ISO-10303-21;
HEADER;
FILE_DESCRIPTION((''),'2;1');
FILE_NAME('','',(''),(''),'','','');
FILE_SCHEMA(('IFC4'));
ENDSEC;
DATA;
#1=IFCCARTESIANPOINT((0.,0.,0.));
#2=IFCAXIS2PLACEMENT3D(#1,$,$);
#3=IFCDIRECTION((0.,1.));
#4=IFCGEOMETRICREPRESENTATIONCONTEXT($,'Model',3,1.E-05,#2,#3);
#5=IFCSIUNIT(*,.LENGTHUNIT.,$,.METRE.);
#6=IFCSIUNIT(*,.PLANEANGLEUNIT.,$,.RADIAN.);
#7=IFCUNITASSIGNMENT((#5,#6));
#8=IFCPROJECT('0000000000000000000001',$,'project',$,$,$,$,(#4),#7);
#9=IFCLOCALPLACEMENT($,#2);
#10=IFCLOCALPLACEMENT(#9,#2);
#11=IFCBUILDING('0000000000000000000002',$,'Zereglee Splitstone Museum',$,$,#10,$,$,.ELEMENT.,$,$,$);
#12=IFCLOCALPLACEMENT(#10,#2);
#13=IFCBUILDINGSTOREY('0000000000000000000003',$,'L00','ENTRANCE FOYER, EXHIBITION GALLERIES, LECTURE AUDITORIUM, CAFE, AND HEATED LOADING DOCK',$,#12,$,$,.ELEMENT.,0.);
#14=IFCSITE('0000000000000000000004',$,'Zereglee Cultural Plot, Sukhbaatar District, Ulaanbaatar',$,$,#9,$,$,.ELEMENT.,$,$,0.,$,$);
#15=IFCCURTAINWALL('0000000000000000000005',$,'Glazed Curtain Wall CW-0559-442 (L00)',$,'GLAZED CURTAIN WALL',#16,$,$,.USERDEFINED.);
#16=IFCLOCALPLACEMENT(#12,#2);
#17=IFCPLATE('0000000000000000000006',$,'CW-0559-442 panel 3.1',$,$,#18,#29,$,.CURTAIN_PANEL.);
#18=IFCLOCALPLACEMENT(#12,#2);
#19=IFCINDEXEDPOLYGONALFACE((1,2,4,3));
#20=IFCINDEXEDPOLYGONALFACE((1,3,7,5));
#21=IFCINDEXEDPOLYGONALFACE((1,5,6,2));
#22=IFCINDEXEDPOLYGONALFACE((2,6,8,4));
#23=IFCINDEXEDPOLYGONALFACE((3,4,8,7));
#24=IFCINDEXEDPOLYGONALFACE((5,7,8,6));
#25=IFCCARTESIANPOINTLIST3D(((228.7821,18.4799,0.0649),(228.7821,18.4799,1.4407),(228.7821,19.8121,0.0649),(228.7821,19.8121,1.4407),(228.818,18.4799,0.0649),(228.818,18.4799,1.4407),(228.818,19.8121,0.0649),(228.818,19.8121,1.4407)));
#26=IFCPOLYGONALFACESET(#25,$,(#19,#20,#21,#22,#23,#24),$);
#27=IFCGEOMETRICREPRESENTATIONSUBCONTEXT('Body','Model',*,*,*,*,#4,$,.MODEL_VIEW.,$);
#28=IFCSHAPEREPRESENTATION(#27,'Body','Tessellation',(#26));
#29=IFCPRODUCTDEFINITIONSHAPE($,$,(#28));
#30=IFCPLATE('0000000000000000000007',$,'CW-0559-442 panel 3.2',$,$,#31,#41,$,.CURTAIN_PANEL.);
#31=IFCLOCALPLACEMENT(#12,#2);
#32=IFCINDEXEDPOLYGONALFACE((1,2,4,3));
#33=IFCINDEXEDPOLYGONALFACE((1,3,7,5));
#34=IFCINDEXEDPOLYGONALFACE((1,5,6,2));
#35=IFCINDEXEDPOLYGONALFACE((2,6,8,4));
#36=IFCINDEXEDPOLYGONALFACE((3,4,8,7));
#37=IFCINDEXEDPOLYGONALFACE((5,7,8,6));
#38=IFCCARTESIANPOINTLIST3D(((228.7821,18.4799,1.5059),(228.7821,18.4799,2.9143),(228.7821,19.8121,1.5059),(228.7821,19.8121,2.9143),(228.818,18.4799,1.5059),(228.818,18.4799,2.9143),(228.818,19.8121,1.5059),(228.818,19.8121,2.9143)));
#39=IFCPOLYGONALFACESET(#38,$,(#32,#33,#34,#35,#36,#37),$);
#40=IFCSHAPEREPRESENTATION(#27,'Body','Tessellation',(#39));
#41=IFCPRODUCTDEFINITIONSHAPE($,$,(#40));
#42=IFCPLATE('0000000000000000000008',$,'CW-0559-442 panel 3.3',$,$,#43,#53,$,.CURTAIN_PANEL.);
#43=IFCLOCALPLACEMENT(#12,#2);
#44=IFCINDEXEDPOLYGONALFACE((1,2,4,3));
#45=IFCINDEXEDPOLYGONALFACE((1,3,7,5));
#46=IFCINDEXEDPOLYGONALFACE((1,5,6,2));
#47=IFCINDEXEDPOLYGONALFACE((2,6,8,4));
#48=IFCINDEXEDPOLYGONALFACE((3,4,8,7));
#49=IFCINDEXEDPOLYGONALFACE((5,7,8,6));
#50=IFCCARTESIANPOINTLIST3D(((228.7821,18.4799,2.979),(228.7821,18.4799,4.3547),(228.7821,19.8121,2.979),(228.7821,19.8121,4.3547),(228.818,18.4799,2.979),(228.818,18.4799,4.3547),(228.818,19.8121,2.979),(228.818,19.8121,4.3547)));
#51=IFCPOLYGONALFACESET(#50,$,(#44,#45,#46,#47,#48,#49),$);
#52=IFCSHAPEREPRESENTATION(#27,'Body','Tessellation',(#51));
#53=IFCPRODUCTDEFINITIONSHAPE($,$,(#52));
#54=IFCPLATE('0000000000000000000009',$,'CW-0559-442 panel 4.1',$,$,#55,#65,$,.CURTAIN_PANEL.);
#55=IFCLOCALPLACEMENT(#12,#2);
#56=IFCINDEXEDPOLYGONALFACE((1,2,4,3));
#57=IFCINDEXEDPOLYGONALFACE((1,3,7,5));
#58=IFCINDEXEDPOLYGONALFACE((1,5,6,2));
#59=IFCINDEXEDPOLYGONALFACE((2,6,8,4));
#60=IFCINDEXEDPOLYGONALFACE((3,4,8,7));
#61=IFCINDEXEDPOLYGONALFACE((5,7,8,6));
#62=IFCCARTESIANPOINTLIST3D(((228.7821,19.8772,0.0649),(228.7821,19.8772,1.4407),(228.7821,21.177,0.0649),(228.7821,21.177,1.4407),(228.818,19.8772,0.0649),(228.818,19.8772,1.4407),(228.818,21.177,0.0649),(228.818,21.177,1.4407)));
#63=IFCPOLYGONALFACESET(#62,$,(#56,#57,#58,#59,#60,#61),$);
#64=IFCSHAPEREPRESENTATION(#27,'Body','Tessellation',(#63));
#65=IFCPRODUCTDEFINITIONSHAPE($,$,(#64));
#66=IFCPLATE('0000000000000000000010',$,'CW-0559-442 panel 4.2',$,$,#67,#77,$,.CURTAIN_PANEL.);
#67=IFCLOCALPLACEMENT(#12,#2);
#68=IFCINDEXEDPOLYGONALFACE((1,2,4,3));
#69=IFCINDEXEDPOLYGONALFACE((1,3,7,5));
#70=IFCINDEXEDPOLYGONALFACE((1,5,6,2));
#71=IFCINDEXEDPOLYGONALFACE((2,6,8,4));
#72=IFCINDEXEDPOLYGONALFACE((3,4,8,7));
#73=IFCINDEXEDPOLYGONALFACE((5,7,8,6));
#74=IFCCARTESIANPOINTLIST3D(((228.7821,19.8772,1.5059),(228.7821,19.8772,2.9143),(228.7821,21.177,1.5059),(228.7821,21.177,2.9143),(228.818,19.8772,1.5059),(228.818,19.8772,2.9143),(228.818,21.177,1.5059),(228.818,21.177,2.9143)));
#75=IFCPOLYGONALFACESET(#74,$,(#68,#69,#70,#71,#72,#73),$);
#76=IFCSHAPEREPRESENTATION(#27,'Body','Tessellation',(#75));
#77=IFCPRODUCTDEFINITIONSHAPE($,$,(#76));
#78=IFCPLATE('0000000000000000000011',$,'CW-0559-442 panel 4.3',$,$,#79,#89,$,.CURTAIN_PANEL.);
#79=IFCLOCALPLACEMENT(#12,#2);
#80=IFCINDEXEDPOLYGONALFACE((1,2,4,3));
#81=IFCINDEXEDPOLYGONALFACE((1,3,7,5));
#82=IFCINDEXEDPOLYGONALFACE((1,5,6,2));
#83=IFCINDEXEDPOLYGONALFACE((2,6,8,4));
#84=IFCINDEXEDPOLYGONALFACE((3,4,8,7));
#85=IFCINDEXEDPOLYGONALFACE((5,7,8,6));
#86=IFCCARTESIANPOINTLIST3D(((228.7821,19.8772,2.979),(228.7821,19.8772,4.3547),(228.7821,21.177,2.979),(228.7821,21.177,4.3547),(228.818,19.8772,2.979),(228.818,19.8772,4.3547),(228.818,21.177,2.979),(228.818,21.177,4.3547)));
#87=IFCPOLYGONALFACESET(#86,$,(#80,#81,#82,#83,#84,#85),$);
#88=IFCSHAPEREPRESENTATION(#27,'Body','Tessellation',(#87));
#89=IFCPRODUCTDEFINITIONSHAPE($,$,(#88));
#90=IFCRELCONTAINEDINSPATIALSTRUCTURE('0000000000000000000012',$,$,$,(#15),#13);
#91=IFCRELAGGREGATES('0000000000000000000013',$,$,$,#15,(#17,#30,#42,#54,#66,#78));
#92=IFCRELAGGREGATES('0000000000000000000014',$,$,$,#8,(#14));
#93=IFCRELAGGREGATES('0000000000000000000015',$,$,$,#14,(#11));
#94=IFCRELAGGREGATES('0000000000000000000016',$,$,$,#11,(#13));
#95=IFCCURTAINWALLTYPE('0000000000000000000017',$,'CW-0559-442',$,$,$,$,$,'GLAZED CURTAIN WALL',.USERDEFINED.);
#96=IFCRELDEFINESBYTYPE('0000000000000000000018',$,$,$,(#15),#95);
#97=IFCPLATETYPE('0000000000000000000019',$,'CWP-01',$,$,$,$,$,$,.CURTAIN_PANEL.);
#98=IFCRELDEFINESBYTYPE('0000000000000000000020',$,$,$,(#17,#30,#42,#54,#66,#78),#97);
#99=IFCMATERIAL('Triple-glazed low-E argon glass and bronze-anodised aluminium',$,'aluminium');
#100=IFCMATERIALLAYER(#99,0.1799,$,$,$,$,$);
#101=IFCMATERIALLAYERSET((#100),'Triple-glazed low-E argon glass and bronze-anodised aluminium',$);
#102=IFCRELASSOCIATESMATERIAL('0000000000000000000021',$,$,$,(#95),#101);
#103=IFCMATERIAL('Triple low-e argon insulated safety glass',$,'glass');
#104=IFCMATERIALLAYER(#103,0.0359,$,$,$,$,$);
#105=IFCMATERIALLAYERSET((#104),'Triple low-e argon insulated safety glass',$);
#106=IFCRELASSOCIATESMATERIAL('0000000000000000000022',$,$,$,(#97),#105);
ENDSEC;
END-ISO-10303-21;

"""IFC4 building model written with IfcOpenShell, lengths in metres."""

from ifc_helpers import new_model, si_unit, direction, frame, origin, origin_2d, place, context, subcontext, project, spatial, rectangle, extrude, material, layer, layer_set, type_object, element, aggregate, save


model = new_model("IFC4")

# Units and contexts
model_context = context("Model", 3, precision=1e-05, world=origin(), true_north=direction((0.0, 1.0)))
body_context = subcontext(model_context, "Body", "Model", "MODEL_VIEW")
ifc_project = project(units=[si_unit("LENGTHUNIT", "METRE"), si_unit("PLANEANGLEUNIT", "RADIAN")], contexts=[model_context])

# Site, building, storey
site_placement = place(None, origin())
site = spatial("IfcSite", under=ifc_project, at=site_placement, Name="Zereglee Cultural Plot, Sukhbaatar District, Ulaanbaatar", CompositionType="ELEMENT", RefElevation=0.0)
building_placement = place(site_placement, origin())
building = spatial("IfcBuilding", under=site, at=building_placement, Name="Zereglee Splitstone Museum", CompositionType="ELEMENT")
storey_placement = place(building_placement, origin())
storey = spatial("IfcBuildingStorey", under=building, at=storey_placement, Name="L00", Description="ENTRANCE FOYER, EXHIBITION GALLERIES, LECTURE AUDITORIUM, CAFE, AND HEATED LOADING DOCK", CompositionType="ELEMENT", Elevation=0.0)

# Curtain wall, plates
ifc_material_1 = material(Name="Triple-glazed low-E argon glass and bronze-anodised aluminium", Category="aluminium")
ifc_layer_1 = layer(ifc_material_1, 0.1799)
ifc_layer_set_1 = layer_set([ifc_layer_1], Name="Triple-glazed low-E argon glass and bronze-anodised aluminium")
curtain_wall_type = type_object("IfcCurtainWallType", Name="CW-0559-442", ElementType="GLAZED CURTAIN WALL", PredefinedType="USERDEFINED", material=ifc_layer_set_1)
curtain_wall_placement = place(storey_placement, origin())
curtain_wall = element("IfcCurtainWall", 1, at=curtain_wall_placement, inside=storey, type_object=curtain_wall_type, Name="Glazed Curtain Wall CW-0559-442 (L00)", ObjectType="GLAZED CURTAIN WALL", PredefinedType="USERDEFINED")
ifc_material_2 = material(Name="Triple low-e argon insulated safety glass", Category="glass")
ifc_layer_2 = layer(ifc_material_2, 0.0359)
ifc_layer_set_2 = layer_set([ifc_layer_2], Name="Triple low-e argon insulated safety glass")
plate_type = type_object("IfcPlateType", Name="CWP-01", PredefinedType="CURTAIN_PANEL", material=ifc_layer_set_2)
plate_1_placement = place(storey_placement, frame((228.8, 19.146, 0.0649), z_axis=(0.0, 0.0, 1.0), x_axis=(0.0, 1.0, 0.0)))
plate_1 = element("IfcPlate", 2, at=plate_1_placement, type_object=plate_type, Name="CW-0559-442 panel 3.1", PredefinedType="CURTAIN_PANEL", context=body_context, shape_type="SweptSolid", body=[
    extrude(rectangle(XDim=1.3323, YDim=0.0359, at=origin_2d()), origin(), (0.0, 0.0, 1.0), 1.3757),
])
plate_2_placement = place(storey_placement, frame((228.8, 19.146, 1.5059), z_axis=(0.0, 0.0, 1.0), x_axis=(0.0, 1.0, 0.0)))
plate_2 = element("IfcPlate", 3, at=plate_2_placement, type_object=plate_type, Name="CW-0559-442 panel 3.2", PredefinedType="CURTAIN_PANEL", context=body_context, shape_type="SweptSolid", body=[
    extrude(rectangle(XDim=1.3323, YDim=0.0359, at=origin_2d()), origin(), (0.0, 0.0, 1.0), 1.4084),
])
plate_3_placement = place(storey_placement, frame((228.8, 19.146, 2.979), z_axis=(0.0, 0.0, 1.0), x_axis=(0.0, 1.0, 0.0)))
plate_3 = element("IfcPlate", 4, at=plate_3_placement, type_object=plate_type, Name="CW-0559-442 panel 3.3", PredefinedType="CURTAIN_PANEL", context=body_context, shape_type="SweptSolid", body=[
    extrude(rectangle(XDim=1.3323, YDim=0.0359, at=origin_2d()), origin(), (0.0, 0.0, 1.0), 1.3757),
])
plate_4_placement = place(storey_placement, frame((228.8, 20.5271, 0.0649), z_axis=(0.0, 0.0, 1.0), x_axis=(0.0, 1.0, 0.0)))
plate_4 = element("IfcPlate", 5, at=plate_4_placement, type_object=plate_type, Name="CW-0559-442 panel 4.1", PredefinedType="CURTAIN_PANEL", context=body_context, shape_type="SweptSolid", body=[
    extrude(rectangle(XDim=1.2998, YDim=0.0359, at=origin_2d()), origin(), (0.0, 0.0, 1.0), 1.3757),
])
plate_5_placement = place(storey_placement, frame((228.8, 20.5271, 1.5059), z_axis=(0.0, 0.0, 1.0), x_axis=(0.0, 1.0, 0.0)))
plate_5 = element("IfcPlate", 6, at=plate_5_placement, type_object=plate_type, Name="CW-0559-442 panel 4.2", PredefinedType="CURTAIN_PANEL", context=body_context, shape_type="SweptSolid", body=[
    extrude(rectangle(XDim=1.2998, YDim=0.0359, at=origin_2d()), origin(), (0.0, 0.0, 1.0), 1.4084),
])
plate_6_placement = place(storey_placement, frame((228.8, 20.5271, 2.979), z_axis=(0.0, 0.0, 1.0), x_axis=(0.0, 1.0, 0.0)))
plate_6 = element("IfcPlate", 7, at=plate_6_placement, type_object=plate_type, Name="CW-0559-442 panel 4.3", PredefinedType="CURTAIN_PANEL", context=body_context, shape_type="SweptSolid", body=[
    extrude(rectangle(XDim=1.2998, YDim=0.0359, at=origin_2d()), origin(), (0.0, 0.0, 1.0), 1.3757),
])
aggregate(curtain_wall, [plate_1, plate_2, plate_3, plate_4, plate_5, plate_6])

save(model, "model.ifc")
